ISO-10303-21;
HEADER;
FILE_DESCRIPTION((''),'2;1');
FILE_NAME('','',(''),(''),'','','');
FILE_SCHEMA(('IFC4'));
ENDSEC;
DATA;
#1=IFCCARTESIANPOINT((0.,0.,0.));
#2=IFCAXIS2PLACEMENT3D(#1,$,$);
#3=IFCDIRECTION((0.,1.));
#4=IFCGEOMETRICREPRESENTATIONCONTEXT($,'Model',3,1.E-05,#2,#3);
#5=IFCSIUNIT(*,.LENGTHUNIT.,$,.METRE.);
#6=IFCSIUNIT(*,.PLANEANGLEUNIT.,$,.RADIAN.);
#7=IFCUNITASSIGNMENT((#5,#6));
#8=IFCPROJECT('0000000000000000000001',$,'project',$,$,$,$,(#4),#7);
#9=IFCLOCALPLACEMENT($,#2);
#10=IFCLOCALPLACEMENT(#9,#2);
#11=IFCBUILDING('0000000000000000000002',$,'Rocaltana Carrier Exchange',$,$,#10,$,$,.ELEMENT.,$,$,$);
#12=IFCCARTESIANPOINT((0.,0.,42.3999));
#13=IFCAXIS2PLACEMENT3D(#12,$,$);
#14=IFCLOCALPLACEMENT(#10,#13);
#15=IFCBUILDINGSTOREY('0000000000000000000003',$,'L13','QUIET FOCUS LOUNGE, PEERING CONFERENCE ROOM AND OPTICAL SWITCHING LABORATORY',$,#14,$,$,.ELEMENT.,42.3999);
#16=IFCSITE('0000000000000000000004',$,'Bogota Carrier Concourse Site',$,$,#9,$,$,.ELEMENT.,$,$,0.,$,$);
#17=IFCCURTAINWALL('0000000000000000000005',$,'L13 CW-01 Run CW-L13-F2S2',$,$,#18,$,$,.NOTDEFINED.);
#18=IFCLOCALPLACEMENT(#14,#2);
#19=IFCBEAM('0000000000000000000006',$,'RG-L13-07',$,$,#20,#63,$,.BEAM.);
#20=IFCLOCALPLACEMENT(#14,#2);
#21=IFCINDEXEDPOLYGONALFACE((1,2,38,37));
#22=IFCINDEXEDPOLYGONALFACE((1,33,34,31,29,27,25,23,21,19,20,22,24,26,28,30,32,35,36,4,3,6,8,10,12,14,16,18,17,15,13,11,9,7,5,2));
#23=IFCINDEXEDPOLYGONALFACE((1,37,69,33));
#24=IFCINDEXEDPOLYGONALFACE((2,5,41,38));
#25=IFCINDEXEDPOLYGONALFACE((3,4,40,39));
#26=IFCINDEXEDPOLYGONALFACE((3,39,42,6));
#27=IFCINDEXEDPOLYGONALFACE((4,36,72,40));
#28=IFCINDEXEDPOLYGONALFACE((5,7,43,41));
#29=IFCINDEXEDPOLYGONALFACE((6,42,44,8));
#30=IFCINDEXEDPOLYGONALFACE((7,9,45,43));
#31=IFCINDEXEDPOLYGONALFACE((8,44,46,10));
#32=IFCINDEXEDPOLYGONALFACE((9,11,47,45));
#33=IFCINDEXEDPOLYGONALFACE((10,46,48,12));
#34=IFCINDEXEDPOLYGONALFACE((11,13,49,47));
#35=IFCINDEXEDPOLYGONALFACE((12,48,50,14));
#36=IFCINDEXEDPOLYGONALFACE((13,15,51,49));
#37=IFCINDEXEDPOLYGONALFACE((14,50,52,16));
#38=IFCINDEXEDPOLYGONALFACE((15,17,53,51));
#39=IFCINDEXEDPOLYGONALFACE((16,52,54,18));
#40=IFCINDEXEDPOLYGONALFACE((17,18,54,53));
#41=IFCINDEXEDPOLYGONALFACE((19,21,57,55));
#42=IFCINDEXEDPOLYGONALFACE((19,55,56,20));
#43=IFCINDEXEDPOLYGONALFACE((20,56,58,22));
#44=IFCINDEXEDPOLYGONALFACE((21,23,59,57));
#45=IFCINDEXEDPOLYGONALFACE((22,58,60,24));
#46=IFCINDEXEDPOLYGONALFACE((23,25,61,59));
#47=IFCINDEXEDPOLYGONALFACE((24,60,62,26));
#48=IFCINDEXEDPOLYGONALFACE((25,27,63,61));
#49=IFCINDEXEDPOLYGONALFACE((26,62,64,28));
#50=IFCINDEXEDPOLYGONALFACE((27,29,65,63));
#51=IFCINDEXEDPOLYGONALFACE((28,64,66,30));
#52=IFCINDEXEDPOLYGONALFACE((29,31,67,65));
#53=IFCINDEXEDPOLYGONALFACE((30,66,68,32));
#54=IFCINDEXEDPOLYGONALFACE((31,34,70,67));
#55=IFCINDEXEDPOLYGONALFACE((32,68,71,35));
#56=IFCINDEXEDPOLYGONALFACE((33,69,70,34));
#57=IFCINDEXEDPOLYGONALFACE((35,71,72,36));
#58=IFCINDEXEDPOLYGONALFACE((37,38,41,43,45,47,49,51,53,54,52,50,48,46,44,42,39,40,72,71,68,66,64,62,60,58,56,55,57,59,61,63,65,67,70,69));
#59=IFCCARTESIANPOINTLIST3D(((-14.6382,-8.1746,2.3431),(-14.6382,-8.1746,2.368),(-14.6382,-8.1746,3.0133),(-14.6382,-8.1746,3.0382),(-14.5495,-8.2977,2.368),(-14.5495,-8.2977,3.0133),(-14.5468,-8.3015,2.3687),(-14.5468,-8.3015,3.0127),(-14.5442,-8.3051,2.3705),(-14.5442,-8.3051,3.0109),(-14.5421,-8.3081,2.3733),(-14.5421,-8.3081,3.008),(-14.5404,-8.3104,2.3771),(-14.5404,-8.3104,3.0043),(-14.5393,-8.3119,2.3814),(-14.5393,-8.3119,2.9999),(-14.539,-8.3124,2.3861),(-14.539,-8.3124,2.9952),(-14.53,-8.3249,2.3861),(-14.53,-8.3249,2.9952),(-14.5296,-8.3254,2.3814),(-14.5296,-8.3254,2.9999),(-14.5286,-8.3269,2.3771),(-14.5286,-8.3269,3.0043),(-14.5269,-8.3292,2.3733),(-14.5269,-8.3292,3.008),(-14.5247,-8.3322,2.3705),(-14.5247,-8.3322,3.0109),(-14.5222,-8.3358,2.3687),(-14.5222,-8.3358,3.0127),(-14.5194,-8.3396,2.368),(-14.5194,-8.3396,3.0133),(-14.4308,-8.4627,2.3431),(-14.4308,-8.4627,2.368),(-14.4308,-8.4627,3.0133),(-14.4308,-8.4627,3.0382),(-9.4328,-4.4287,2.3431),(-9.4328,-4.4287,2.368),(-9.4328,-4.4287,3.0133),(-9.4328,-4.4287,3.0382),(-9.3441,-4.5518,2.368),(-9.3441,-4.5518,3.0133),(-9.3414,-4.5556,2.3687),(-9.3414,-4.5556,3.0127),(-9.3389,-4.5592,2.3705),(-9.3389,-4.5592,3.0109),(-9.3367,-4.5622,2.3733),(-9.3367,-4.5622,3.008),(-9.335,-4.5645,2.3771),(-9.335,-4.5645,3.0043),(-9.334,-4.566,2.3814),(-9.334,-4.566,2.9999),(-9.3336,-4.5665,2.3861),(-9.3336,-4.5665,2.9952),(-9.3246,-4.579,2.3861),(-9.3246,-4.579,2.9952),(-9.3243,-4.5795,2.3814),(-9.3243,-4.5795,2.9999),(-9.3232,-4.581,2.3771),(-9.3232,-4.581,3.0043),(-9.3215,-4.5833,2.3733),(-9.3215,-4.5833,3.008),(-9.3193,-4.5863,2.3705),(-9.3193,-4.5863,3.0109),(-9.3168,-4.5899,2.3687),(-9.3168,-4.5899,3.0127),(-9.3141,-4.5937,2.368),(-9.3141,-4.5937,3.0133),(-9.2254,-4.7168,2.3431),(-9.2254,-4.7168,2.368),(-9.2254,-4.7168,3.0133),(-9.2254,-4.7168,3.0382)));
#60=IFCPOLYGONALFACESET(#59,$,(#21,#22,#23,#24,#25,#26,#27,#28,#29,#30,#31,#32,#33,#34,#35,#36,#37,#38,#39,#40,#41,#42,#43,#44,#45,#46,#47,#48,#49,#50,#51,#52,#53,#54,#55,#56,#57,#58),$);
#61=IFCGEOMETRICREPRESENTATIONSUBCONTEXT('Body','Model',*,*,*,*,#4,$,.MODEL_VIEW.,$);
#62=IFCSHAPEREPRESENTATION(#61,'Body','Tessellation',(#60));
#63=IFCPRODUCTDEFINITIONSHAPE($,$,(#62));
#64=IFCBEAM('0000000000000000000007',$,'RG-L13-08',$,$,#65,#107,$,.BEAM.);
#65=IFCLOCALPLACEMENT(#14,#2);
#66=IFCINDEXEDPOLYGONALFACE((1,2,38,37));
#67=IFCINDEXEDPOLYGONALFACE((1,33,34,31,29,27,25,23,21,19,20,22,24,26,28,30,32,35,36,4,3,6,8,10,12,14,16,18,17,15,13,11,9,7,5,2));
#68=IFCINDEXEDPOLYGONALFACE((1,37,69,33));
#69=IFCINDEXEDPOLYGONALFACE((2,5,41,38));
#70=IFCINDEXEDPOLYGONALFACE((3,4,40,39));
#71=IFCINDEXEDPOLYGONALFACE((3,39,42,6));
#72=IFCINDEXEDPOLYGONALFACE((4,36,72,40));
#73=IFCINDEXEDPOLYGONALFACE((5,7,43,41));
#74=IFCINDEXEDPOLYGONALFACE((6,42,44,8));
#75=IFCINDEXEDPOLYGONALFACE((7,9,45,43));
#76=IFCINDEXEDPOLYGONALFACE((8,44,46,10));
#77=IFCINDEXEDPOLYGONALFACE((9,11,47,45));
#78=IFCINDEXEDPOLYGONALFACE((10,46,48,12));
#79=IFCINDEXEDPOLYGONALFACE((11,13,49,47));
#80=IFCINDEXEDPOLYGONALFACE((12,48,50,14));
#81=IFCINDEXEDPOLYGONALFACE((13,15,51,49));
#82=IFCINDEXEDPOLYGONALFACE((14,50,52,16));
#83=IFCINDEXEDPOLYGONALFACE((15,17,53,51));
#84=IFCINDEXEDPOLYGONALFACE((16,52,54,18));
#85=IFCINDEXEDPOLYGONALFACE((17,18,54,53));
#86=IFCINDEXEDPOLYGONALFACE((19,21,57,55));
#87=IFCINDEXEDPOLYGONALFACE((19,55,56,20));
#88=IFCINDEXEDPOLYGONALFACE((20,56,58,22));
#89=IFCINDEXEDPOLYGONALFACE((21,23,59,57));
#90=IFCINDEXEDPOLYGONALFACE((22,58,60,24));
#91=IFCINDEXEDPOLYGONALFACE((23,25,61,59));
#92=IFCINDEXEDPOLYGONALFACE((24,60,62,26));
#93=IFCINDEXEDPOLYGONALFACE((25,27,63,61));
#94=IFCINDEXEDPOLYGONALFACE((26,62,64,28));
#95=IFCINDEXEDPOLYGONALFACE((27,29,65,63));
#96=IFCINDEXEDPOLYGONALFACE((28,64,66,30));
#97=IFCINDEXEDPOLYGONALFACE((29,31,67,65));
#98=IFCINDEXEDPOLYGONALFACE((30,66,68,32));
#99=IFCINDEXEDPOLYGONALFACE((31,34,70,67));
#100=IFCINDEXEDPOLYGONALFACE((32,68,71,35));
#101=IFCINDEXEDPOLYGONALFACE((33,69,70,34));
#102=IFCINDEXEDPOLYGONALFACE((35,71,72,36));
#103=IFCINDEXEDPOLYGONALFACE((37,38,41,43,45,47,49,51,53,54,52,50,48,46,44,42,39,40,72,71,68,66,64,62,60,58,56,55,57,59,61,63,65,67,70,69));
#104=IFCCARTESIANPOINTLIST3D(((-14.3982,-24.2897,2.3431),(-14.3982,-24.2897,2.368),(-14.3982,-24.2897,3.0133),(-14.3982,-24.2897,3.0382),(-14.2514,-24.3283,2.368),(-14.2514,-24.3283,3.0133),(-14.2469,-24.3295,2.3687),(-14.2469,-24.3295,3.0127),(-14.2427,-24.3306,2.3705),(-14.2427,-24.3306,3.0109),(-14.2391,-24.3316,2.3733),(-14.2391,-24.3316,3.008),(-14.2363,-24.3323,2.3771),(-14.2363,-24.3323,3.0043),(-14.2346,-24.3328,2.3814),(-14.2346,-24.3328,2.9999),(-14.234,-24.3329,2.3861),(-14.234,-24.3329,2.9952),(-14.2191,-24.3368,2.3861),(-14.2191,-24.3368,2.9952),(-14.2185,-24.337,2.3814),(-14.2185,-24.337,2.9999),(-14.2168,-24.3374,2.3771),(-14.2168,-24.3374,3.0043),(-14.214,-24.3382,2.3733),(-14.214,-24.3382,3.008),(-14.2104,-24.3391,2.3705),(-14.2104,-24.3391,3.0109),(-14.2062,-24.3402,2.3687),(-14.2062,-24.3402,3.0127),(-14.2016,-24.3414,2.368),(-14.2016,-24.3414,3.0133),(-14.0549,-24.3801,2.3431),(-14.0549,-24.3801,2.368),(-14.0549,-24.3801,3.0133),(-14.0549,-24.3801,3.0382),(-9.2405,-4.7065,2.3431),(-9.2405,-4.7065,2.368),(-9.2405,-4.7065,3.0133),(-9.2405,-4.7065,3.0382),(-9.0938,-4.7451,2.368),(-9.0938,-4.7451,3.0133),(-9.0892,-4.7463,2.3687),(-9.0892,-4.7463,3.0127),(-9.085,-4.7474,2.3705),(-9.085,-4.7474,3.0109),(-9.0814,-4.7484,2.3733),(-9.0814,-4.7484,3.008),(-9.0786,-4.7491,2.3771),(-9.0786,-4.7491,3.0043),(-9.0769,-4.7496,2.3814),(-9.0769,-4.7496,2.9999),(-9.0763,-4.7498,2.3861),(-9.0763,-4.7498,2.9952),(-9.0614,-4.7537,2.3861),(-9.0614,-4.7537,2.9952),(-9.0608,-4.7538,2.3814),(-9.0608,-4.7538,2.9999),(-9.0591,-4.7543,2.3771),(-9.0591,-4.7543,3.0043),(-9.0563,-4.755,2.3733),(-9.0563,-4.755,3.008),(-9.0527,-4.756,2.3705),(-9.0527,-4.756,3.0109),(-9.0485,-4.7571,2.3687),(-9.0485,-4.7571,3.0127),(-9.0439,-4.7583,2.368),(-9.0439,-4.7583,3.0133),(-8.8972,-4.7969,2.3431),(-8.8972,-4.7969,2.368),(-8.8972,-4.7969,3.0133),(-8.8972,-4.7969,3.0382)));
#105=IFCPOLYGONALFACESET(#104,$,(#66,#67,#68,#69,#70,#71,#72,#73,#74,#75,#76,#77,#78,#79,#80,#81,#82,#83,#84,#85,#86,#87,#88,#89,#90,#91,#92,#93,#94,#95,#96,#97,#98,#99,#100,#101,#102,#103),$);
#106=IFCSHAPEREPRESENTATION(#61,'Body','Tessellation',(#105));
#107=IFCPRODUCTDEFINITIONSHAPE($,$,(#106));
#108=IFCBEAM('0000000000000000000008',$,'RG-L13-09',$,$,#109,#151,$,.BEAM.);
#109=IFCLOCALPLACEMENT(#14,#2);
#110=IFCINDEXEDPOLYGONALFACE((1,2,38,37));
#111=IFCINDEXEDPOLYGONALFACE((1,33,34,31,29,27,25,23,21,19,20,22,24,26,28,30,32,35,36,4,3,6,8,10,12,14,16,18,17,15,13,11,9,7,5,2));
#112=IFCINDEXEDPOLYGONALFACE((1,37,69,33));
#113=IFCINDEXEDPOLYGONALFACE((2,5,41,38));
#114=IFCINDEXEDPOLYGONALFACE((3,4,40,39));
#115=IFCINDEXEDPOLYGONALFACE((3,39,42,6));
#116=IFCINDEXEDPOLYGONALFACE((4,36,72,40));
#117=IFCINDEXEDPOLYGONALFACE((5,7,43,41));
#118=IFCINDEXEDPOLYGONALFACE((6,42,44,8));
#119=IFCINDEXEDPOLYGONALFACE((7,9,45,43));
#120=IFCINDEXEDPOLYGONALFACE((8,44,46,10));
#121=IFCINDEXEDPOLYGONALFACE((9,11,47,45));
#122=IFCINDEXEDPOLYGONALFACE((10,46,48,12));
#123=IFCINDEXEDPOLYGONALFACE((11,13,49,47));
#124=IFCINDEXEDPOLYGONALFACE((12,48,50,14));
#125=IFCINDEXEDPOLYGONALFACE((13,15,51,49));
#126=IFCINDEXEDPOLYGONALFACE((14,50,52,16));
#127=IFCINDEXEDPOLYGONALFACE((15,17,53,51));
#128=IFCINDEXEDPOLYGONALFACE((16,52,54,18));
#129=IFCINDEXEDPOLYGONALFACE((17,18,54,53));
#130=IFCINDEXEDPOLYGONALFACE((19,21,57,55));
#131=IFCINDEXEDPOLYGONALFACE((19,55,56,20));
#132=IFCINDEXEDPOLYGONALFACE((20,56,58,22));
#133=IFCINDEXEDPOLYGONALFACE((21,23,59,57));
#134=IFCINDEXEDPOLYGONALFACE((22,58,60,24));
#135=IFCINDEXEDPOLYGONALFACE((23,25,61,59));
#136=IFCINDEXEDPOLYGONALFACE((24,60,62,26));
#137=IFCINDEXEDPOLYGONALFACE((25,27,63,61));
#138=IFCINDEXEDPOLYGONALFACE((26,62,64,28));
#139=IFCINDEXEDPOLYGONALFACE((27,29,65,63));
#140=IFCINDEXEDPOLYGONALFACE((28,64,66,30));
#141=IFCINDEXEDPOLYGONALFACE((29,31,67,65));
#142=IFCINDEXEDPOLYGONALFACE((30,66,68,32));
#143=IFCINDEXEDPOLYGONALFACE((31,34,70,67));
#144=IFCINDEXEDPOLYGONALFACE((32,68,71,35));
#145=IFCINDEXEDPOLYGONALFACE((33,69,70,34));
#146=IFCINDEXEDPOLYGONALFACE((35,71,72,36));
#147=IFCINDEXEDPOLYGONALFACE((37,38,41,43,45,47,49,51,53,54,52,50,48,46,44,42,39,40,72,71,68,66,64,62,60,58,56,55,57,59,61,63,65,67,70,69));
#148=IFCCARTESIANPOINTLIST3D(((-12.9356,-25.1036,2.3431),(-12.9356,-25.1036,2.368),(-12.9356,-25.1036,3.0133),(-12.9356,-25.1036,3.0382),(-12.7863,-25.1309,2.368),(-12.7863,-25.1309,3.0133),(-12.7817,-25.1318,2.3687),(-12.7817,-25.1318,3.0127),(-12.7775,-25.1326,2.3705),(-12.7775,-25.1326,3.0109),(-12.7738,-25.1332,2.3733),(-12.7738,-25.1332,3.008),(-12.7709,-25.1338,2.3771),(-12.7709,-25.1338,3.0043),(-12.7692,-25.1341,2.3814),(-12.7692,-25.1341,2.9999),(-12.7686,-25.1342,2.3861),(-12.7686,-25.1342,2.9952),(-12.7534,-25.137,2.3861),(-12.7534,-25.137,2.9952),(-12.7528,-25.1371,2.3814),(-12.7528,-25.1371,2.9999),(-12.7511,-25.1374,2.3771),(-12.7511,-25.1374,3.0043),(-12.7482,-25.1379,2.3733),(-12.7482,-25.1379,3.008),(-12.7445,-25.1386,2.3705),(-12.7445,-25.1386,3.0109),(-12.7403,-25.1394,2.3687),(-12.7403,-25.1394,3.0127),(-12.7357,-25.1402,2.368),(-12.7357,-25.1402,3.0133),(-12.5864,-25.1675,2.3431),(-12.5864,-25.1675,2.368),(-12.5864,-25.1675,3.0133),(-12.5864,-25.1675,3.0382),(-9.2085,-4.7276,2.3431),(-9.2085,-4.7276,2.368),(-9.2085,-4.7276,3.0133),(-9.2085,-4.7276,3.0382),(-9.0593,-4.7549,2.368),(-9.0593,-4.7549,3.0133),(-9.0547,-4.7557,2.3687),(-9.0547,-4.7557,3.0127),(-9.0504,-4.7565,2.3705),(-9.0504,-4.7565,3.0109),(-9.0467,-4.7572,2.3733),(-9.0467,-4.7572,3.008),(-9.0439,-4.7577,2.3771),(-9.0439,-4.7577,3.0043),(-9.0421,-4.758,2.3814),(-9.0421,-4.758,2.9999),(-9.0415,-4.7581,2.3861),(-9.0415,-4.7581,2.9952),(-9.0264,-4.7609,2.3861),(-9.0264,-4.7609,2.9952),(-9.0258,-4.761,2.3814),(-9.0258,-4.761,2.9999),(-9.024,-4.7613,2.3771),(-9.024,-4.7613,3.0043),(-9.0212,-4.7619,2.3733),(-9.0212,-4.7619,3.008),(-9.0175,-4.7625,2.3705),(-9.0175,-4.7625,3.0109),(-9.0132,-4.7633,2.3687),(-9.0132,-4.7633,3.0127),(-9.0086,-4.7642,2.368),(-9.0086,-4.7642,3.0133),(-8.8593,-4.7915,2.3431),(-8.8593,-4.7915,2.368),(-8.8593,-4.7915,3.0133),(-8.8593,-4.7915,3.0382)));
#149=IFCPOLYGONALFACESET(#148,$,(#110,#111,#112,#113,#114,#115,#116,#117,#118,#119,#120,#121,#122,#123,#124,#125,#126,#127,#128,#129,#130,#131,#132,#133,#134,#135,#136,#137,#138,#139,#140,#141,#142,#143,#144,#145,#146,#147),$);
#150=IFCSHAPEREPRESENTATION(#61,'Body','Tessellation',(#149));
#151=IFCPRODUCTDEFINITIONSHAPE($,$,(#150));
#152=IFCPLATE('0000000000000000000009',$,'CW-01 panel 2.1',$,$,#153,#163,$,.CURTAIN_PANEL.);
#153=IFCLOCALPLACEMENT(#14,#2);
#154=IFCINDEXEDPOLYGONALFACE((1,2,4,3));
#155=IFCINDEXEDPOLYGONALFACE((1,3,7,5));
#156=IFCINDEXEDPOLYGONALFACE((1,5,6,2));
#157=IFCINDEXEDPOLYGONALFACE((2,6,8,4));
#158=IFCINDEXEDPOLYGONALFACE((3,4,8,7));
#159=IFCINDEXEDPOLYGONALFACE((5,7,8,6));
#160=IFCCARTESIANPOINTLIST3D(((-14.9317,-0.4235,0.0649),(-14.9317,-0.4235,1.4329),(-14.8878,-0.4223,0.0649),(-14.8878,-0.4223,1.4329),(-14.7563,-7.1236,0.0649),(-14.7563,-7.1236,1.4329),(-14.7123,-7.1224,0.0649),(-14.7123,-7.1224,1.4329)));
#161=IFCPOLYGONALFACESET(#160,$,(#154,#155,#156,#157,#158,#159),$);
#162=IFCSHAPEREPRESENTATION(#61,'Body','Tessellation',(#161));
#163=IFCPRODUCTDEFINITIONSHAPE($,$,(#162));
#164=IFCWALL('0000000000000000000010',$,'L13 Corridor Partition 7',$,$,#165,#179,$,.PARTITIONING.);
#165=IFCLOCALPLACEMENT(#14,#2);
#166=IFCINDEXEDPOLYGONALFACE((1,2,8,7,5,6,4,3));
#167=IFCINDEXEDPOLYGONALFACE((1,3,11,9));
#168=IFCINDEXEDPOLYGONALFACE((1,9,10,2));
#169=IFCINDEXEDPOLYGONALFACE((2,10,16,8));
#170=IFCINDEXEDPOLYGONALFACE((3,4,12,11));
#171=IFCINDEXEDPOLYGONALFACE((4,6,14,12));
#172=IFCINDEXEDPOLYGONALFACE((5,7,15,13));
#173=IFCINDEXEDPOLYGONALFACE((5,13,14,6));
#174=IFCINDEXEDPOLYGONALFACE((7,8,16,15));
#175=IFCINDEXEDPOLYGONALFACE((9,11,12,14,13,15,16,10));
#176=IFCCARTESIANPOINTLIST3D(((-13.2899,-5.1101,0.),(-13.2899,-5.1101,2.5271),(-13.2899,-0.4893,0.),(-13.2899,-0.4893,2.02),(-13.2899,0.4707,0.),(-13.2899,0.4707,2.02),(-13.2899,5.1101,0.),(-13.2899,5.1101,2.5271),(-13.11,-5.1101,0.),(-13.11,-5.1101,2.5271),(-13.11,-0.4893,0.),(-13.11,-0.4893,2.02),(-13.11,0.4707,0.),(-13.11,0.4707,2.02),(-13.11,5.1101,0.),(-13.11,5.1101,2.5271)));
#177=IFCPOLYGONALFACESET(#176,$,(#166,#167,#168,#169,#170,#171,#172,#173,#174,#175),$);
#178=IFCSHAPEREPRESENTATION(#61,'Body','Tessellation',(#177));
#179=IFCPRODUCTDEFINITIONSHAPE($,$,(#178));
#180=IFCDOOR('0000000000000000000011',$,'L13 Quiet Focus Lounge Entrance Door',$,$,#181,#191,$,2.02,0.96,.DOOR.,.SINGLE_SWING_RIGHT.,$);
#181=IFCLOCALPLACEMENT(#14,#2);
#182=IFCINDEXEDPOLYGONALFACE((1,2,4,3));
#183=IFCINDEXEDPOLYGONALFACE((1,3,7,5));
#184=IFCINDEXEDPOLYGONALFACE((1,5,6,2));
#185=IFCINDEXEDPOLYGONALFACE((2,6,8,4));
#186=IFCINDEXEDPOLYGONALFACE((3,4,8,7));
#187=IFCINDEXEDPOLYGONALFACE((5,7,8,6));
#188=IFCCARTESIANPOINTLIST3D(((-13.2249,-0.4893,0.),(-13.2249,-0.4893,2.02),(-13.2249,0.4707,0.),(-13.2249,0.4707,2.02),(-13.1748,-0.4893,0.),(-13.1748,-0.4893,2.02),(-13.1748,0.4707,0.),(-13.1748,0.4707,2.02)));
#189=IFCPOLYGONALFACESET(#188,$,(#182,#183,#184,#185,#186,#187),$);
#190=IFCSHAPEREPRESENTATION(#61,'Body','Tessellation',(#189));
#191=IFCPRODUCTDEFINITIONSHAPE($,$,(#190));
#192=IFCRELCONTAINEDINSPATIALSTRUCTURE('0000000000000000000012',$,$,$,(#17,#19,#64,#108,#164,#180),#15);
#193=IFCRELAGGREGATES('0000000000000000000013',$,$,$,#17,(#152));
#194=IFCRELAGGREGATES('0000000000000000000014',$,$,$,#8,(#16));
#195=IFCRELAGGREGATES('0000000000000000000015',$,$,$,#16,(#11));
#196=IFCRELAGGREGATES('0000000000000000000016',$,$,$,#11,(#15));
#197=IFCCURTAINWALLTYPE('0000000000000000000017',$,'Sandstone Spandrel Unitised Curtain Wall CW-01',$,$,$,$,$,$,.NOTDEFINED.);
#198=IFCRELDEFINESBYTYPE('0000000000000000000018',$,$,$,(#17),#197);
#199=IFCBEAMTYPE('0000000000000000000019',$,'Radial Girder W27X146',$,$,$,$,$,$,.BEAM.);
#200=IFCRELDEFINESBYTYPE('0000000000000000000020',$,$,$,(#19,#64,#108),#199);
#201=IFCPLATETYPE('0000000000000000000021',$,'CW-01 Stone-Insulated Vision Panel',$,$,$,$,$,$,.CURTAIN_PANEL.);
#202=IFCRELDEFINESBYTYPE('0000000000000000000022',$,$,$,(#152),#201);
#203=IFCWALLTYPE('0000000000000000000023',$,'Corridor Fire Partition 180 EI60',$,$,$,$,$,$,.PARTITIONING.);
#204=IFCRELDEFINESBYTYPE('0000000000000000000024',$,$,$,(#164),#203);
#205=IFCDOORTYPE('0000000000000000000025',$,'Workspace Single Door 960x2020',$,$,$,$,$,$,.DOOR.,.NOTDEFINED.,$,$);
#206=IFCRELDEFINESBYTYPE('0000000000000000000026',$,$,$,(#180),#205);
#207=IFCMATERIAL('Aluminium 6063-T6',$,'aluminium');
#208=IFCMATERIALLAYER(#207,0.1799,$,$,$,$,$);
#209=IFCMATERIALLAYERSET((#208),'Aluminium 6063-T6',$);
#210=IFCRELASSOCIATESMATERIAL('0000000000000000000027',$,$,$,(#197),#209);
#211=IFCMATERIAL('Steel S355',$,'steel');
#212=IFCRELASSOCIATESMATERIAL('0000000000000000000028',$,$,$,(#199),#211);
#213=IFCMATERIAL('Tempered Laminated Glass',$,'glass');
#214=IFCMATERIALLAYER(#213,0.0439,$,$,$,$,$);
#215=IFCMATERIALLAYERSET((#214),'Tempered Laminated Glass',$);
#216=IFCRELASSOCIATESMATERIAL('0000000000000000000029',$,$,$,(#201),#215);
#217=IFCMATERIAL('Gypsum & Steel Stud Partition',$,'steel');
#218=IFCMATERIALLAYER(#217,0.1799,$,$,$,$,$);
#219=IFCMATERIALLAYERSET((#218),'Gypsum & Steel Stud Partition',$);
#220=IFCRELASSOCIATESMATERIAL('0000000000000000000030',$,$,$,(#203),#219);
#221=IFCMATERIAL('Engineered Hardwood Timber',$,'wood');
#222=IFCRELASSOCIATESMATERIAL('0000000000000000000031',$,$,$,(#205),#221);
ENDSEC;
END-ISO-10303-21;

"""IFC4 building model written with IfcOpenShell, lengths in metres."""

from ifc_helpers import new_model, si_unit, direction, frame, frame_2d, origin, origin_2d, place, context, subcontext, project, spatial, rectangle, i_section, extrude, material, layer, layer_set, material_profile, profile_set, type_object, element, fill, aggregate, save


model = new_model("IFC4")

# Units and contexts
model_context = context("Model", 3, precision=1e-05, world=origin(), true_north=direction((0.0, 1.0)))
body_context = subcontext(model_context, "Body", "Model", "MODEL_VIEW")
ifc_project = project(units=[si_unit("LENGTHUNIT", "METRE"), si_unit("PLANEANGLEUNIT", "RADIAN")], contexts=[model_context])

# Site, building, storey
site_placement = place(None, origin())
site = spatial("IfcSite", under=ifc_project, at=site_placement, Name="Bogota Carrier Concourse Site", CompositionType="ELEMENT", RefElevation=0.0)
building_placement = place(site_placement, origin())
building = spatial("IfcBuilding", under=site, at=building_placement, Name="Rocaltana Carrier Exchange", CompositionType="ELEMENT")
storey_placement = place(building_placement, frame((0.0, 0.0, 42.3999)))
storey = spatial("IfcBuildingStorey", under=building, at=storey_placement, Name="L13", Description="QUIET FOCUS LOUNGE, PEERING CONFERENCE ROOM AND OPTICAL SWITCHING LABORATORY", CompositionType="ELEMENT", Elevation=42.3999)

# Curtain wall
ifc_material_1 = material(Name="Aluminium 6063-T6", Category="aluminium")
ifc_layer_1 = layer(ifc_material_1, 0.1799)
ifc_layer_set_1 = layer_set([ifc_layer_1], Name="Aluminium 6063-T6")
curtain_wall_type = type_object("IfcCurtainWallType", Name="Sandstone Spandrel Unitised Curtain Wall CW-01", PredefinedType="NOTDEFINED", material=ifc_layer_set_1)
curtain_wall_placement = place(storey_placement, origin())
curtain_wall = element("IfcCurtainWall", 1, at=curtain_wall_placement, inside=storey, type_object=curtain_wall_type, Name="L13 CW-01 Run CW-L13-F2S2", PredefinedType="NOTDEFINED")

# Beams
ifc_material_2 = material(Name="Steel S355", Category="steel")
ifc_material_profile_1 = material_profile(ifc_material_2, i_section(OverallWidth=0.355, OverallDepth=0.6951, WebThickness=0.0154, FlangeThickness=0.0249, FilletRadius=0.0181, at=origin_2d()), Name="W27X146")
ifc_profile_set_1 = profile_set([ifc_material_profile_1], Name="Steel S355")
beam_type_1 = type_object("IfcBeamType", Name="Radial Girder W27X146", PredefinedType="BEAM", material=ifc_profile_set_1)
beam_1_placement = place(storey_placement, frame((-9.3291, -4.5728, 2.6907), z_axis=(-0.811681, -0.584101, 0.0), x_axis=(0.584101, -0.811681, 0.0)))
element("IfcBeam", 2, at=beam_1_placement, inside=storey, type_object=beam_type_1, Name="RG-L13-07", PredefinedType="BEAM", context=body_context, shape_type="SweptSolid", body=[
    extrude(i_section(OverallWidth=0.355, OverallDepth=0.6951, WebThickness=0.0154, FlangeThickness=0.0249, FilletRadius=0.0181, at=origin_2d()), origin(), (0.0, 0.0, 1.0), 6.4131),
])
beam_2_placement = place(storey_placement, frame((-9.0688, -4.7517, 2.6907), z_axis=(-0.254689, -0.967023, 0.0), x_axis=(0.967023, -0.254689, 0.0)))
element("IfcBeam", 3, at=beam_2_placement, inside=storey, type_object=beam_type_1, Name="RG-L13-08", PredefinedType="BEAM", context=body_context, shape_type="SweptSolid", body=[
    extrude(i_section(OverallWidth=0.355, OverallDepth=0.6951, WebThickness=0.0154, FlangeThickness=0.0249, FilletRadius=0.0181, at=origin_2d()), origin(), (0.0, 0.0, 1.0), 20.251),
])
beam_3_placement = place(storey_placement, frame((-9.0339, -4.7595, 2.6907), z_axis=(-0.179929, -0.98368, 0.0), x_axis=(0.98368, -0.179929, 0.0)))
element("IfcBeam", 4, at=beam_3_placement, inside=storey, type_object=beam_type_1, Name="RG-L13-09", PredefinedType="BEAM", context=body_context, shape_type="SweptSolid", body=[
    extrude(i_section(OverallWidth=0.355, OverallDepth=0.6951, WebThickness=0.0154, FlangeThickness=0.0249, FilletRadius=0.0181, at=origin_2d()), origin(), (0.0, 0.0, 1.0), 20.7141),
])

# Plate
ifc_material_3 = material(Name="Tempered Laminated Glass", Category="glass")
ifc_layer_2 = layer(ifc_material_3, 0.0439)
ifc_layer_set_2 = layer_set([ifc_layer_2], Name="Tempered Laminated Glass")
plate_type = type_object("IfcPlateType", Name="CW-01 Stone-Insulated Vision Panel", PredefinedType="CURTAIN_PANEL", material=ifc_layer_set_2)
plate_placement = place(storey_placement, frame((-14.822, -3.7729, 0.0649), z_axis=(0.0, 0.0, 1.0), x_axis=(0.026177, -0.999657, 0.0)))
plate = element("IfcPlate", 5, at=plate_placement, type_object=plate_type, Name="CW-01 panel 2.1", PredefinedType="CURTAIN_PANEL", context=body_context, shape_type="SweptSolid", body=[
    extrude(rectangle(XDim=6.7024, YDim=0.0439, at=origin_2d()), origin(), (0.0, 0.0, 1.0), 1.3679),
])
aggregate(curtain_wall, [plate])

# Wall, opening, door
ifc_material_4 = material(Name="Gypsum & Steel Stud Partition", Category="steel")
ifc_layer_3 = layer(ifc_material_4, 0.1799)
ifc_layer_set_3 = layer_set([ifc_layer_3], Name="Gypsum & Steel Stud Partition")
wall_type = type_object("IfcWallType", Name="Corridor Fire Partition 180 EI60", PredefinedType="PARTITIONING", material=ifc_layer_set_3)
wall_1_placement = place(storey_placement, frame((-13.2, -5.1101, 0.0), z_axis=(0.0, 0.0, 1.0), x_axis=(0.0, 1.0, 0.0)))
wall_1 = element("IfcWall", 6, at=wall_1_placement, inside=storey, type_object=wall_type, Name="L13 Corridor Partition 7", PredefinedType="PARTITIONING", context=body_context, shape_type="SweptSolid", body=[
    extrude(rectangle(XDim=10.2202, YDim=0.1799, at=frame_2d((5.1101, 0.0))), origin(), (0.0, 0.0, 1.0), 2.5271),
])
opening_placement = place(wall_1_placement, frame((4.6208, 0.0, 0.0)))
opening = element("IfcOpeningElement", 7, at=opening_placement, cuts=wall_1, PredefinedType="OPENING", context=body_context, shape_type="SweptSolid", body=[
    extrude(rectangle(XDim=0.96, YDim=2.02, at=frame_2d((0.48, 1.01))), frame((0.0, 0.0999, 0.0), z_axis=(0.0, -1.0, 0.0), x_axis=(1.0, 0.0, 0.0)), (0.0, 0.0, 1.0), 0.2),
])
ifc_material_5 = material(Name="Engineered Hardwood Timber", Category="wood")
door_type = type_object("IfcDoorType", Name="Workspace Single Door 960x2020", OperationType="NOTDEFINED", PredefinedType="DOOR", material=ifc_material_5)
door_placement = place(opening_placement, origin())
door = element("IfcDoor", 8, at=door_placement, inside=storey, type_object=door_type, Name="L13 Quiet Focus Lounge Entrance Door", OperationType="SINGLE_SWING_RIGHT", OverallHeight=2.02, OverallWidth=0.96, PredefinedType="DOOR", context=body_context, shape_type="SweptSolid", body=[
    extrude(rectangle(XDim=0.96, YDim=2.02, at=frame_2d((0.48, 1.01))), frame((0.0, 0.0249, 0.0), z_axis=(0.0, -1.0, 0.0), x_axis=(1.0, 0.0, 0.0)), (0.0, 0.0, 1.0), 0.05),
])
fill(opening, door)

save(model, "model.ifc")
